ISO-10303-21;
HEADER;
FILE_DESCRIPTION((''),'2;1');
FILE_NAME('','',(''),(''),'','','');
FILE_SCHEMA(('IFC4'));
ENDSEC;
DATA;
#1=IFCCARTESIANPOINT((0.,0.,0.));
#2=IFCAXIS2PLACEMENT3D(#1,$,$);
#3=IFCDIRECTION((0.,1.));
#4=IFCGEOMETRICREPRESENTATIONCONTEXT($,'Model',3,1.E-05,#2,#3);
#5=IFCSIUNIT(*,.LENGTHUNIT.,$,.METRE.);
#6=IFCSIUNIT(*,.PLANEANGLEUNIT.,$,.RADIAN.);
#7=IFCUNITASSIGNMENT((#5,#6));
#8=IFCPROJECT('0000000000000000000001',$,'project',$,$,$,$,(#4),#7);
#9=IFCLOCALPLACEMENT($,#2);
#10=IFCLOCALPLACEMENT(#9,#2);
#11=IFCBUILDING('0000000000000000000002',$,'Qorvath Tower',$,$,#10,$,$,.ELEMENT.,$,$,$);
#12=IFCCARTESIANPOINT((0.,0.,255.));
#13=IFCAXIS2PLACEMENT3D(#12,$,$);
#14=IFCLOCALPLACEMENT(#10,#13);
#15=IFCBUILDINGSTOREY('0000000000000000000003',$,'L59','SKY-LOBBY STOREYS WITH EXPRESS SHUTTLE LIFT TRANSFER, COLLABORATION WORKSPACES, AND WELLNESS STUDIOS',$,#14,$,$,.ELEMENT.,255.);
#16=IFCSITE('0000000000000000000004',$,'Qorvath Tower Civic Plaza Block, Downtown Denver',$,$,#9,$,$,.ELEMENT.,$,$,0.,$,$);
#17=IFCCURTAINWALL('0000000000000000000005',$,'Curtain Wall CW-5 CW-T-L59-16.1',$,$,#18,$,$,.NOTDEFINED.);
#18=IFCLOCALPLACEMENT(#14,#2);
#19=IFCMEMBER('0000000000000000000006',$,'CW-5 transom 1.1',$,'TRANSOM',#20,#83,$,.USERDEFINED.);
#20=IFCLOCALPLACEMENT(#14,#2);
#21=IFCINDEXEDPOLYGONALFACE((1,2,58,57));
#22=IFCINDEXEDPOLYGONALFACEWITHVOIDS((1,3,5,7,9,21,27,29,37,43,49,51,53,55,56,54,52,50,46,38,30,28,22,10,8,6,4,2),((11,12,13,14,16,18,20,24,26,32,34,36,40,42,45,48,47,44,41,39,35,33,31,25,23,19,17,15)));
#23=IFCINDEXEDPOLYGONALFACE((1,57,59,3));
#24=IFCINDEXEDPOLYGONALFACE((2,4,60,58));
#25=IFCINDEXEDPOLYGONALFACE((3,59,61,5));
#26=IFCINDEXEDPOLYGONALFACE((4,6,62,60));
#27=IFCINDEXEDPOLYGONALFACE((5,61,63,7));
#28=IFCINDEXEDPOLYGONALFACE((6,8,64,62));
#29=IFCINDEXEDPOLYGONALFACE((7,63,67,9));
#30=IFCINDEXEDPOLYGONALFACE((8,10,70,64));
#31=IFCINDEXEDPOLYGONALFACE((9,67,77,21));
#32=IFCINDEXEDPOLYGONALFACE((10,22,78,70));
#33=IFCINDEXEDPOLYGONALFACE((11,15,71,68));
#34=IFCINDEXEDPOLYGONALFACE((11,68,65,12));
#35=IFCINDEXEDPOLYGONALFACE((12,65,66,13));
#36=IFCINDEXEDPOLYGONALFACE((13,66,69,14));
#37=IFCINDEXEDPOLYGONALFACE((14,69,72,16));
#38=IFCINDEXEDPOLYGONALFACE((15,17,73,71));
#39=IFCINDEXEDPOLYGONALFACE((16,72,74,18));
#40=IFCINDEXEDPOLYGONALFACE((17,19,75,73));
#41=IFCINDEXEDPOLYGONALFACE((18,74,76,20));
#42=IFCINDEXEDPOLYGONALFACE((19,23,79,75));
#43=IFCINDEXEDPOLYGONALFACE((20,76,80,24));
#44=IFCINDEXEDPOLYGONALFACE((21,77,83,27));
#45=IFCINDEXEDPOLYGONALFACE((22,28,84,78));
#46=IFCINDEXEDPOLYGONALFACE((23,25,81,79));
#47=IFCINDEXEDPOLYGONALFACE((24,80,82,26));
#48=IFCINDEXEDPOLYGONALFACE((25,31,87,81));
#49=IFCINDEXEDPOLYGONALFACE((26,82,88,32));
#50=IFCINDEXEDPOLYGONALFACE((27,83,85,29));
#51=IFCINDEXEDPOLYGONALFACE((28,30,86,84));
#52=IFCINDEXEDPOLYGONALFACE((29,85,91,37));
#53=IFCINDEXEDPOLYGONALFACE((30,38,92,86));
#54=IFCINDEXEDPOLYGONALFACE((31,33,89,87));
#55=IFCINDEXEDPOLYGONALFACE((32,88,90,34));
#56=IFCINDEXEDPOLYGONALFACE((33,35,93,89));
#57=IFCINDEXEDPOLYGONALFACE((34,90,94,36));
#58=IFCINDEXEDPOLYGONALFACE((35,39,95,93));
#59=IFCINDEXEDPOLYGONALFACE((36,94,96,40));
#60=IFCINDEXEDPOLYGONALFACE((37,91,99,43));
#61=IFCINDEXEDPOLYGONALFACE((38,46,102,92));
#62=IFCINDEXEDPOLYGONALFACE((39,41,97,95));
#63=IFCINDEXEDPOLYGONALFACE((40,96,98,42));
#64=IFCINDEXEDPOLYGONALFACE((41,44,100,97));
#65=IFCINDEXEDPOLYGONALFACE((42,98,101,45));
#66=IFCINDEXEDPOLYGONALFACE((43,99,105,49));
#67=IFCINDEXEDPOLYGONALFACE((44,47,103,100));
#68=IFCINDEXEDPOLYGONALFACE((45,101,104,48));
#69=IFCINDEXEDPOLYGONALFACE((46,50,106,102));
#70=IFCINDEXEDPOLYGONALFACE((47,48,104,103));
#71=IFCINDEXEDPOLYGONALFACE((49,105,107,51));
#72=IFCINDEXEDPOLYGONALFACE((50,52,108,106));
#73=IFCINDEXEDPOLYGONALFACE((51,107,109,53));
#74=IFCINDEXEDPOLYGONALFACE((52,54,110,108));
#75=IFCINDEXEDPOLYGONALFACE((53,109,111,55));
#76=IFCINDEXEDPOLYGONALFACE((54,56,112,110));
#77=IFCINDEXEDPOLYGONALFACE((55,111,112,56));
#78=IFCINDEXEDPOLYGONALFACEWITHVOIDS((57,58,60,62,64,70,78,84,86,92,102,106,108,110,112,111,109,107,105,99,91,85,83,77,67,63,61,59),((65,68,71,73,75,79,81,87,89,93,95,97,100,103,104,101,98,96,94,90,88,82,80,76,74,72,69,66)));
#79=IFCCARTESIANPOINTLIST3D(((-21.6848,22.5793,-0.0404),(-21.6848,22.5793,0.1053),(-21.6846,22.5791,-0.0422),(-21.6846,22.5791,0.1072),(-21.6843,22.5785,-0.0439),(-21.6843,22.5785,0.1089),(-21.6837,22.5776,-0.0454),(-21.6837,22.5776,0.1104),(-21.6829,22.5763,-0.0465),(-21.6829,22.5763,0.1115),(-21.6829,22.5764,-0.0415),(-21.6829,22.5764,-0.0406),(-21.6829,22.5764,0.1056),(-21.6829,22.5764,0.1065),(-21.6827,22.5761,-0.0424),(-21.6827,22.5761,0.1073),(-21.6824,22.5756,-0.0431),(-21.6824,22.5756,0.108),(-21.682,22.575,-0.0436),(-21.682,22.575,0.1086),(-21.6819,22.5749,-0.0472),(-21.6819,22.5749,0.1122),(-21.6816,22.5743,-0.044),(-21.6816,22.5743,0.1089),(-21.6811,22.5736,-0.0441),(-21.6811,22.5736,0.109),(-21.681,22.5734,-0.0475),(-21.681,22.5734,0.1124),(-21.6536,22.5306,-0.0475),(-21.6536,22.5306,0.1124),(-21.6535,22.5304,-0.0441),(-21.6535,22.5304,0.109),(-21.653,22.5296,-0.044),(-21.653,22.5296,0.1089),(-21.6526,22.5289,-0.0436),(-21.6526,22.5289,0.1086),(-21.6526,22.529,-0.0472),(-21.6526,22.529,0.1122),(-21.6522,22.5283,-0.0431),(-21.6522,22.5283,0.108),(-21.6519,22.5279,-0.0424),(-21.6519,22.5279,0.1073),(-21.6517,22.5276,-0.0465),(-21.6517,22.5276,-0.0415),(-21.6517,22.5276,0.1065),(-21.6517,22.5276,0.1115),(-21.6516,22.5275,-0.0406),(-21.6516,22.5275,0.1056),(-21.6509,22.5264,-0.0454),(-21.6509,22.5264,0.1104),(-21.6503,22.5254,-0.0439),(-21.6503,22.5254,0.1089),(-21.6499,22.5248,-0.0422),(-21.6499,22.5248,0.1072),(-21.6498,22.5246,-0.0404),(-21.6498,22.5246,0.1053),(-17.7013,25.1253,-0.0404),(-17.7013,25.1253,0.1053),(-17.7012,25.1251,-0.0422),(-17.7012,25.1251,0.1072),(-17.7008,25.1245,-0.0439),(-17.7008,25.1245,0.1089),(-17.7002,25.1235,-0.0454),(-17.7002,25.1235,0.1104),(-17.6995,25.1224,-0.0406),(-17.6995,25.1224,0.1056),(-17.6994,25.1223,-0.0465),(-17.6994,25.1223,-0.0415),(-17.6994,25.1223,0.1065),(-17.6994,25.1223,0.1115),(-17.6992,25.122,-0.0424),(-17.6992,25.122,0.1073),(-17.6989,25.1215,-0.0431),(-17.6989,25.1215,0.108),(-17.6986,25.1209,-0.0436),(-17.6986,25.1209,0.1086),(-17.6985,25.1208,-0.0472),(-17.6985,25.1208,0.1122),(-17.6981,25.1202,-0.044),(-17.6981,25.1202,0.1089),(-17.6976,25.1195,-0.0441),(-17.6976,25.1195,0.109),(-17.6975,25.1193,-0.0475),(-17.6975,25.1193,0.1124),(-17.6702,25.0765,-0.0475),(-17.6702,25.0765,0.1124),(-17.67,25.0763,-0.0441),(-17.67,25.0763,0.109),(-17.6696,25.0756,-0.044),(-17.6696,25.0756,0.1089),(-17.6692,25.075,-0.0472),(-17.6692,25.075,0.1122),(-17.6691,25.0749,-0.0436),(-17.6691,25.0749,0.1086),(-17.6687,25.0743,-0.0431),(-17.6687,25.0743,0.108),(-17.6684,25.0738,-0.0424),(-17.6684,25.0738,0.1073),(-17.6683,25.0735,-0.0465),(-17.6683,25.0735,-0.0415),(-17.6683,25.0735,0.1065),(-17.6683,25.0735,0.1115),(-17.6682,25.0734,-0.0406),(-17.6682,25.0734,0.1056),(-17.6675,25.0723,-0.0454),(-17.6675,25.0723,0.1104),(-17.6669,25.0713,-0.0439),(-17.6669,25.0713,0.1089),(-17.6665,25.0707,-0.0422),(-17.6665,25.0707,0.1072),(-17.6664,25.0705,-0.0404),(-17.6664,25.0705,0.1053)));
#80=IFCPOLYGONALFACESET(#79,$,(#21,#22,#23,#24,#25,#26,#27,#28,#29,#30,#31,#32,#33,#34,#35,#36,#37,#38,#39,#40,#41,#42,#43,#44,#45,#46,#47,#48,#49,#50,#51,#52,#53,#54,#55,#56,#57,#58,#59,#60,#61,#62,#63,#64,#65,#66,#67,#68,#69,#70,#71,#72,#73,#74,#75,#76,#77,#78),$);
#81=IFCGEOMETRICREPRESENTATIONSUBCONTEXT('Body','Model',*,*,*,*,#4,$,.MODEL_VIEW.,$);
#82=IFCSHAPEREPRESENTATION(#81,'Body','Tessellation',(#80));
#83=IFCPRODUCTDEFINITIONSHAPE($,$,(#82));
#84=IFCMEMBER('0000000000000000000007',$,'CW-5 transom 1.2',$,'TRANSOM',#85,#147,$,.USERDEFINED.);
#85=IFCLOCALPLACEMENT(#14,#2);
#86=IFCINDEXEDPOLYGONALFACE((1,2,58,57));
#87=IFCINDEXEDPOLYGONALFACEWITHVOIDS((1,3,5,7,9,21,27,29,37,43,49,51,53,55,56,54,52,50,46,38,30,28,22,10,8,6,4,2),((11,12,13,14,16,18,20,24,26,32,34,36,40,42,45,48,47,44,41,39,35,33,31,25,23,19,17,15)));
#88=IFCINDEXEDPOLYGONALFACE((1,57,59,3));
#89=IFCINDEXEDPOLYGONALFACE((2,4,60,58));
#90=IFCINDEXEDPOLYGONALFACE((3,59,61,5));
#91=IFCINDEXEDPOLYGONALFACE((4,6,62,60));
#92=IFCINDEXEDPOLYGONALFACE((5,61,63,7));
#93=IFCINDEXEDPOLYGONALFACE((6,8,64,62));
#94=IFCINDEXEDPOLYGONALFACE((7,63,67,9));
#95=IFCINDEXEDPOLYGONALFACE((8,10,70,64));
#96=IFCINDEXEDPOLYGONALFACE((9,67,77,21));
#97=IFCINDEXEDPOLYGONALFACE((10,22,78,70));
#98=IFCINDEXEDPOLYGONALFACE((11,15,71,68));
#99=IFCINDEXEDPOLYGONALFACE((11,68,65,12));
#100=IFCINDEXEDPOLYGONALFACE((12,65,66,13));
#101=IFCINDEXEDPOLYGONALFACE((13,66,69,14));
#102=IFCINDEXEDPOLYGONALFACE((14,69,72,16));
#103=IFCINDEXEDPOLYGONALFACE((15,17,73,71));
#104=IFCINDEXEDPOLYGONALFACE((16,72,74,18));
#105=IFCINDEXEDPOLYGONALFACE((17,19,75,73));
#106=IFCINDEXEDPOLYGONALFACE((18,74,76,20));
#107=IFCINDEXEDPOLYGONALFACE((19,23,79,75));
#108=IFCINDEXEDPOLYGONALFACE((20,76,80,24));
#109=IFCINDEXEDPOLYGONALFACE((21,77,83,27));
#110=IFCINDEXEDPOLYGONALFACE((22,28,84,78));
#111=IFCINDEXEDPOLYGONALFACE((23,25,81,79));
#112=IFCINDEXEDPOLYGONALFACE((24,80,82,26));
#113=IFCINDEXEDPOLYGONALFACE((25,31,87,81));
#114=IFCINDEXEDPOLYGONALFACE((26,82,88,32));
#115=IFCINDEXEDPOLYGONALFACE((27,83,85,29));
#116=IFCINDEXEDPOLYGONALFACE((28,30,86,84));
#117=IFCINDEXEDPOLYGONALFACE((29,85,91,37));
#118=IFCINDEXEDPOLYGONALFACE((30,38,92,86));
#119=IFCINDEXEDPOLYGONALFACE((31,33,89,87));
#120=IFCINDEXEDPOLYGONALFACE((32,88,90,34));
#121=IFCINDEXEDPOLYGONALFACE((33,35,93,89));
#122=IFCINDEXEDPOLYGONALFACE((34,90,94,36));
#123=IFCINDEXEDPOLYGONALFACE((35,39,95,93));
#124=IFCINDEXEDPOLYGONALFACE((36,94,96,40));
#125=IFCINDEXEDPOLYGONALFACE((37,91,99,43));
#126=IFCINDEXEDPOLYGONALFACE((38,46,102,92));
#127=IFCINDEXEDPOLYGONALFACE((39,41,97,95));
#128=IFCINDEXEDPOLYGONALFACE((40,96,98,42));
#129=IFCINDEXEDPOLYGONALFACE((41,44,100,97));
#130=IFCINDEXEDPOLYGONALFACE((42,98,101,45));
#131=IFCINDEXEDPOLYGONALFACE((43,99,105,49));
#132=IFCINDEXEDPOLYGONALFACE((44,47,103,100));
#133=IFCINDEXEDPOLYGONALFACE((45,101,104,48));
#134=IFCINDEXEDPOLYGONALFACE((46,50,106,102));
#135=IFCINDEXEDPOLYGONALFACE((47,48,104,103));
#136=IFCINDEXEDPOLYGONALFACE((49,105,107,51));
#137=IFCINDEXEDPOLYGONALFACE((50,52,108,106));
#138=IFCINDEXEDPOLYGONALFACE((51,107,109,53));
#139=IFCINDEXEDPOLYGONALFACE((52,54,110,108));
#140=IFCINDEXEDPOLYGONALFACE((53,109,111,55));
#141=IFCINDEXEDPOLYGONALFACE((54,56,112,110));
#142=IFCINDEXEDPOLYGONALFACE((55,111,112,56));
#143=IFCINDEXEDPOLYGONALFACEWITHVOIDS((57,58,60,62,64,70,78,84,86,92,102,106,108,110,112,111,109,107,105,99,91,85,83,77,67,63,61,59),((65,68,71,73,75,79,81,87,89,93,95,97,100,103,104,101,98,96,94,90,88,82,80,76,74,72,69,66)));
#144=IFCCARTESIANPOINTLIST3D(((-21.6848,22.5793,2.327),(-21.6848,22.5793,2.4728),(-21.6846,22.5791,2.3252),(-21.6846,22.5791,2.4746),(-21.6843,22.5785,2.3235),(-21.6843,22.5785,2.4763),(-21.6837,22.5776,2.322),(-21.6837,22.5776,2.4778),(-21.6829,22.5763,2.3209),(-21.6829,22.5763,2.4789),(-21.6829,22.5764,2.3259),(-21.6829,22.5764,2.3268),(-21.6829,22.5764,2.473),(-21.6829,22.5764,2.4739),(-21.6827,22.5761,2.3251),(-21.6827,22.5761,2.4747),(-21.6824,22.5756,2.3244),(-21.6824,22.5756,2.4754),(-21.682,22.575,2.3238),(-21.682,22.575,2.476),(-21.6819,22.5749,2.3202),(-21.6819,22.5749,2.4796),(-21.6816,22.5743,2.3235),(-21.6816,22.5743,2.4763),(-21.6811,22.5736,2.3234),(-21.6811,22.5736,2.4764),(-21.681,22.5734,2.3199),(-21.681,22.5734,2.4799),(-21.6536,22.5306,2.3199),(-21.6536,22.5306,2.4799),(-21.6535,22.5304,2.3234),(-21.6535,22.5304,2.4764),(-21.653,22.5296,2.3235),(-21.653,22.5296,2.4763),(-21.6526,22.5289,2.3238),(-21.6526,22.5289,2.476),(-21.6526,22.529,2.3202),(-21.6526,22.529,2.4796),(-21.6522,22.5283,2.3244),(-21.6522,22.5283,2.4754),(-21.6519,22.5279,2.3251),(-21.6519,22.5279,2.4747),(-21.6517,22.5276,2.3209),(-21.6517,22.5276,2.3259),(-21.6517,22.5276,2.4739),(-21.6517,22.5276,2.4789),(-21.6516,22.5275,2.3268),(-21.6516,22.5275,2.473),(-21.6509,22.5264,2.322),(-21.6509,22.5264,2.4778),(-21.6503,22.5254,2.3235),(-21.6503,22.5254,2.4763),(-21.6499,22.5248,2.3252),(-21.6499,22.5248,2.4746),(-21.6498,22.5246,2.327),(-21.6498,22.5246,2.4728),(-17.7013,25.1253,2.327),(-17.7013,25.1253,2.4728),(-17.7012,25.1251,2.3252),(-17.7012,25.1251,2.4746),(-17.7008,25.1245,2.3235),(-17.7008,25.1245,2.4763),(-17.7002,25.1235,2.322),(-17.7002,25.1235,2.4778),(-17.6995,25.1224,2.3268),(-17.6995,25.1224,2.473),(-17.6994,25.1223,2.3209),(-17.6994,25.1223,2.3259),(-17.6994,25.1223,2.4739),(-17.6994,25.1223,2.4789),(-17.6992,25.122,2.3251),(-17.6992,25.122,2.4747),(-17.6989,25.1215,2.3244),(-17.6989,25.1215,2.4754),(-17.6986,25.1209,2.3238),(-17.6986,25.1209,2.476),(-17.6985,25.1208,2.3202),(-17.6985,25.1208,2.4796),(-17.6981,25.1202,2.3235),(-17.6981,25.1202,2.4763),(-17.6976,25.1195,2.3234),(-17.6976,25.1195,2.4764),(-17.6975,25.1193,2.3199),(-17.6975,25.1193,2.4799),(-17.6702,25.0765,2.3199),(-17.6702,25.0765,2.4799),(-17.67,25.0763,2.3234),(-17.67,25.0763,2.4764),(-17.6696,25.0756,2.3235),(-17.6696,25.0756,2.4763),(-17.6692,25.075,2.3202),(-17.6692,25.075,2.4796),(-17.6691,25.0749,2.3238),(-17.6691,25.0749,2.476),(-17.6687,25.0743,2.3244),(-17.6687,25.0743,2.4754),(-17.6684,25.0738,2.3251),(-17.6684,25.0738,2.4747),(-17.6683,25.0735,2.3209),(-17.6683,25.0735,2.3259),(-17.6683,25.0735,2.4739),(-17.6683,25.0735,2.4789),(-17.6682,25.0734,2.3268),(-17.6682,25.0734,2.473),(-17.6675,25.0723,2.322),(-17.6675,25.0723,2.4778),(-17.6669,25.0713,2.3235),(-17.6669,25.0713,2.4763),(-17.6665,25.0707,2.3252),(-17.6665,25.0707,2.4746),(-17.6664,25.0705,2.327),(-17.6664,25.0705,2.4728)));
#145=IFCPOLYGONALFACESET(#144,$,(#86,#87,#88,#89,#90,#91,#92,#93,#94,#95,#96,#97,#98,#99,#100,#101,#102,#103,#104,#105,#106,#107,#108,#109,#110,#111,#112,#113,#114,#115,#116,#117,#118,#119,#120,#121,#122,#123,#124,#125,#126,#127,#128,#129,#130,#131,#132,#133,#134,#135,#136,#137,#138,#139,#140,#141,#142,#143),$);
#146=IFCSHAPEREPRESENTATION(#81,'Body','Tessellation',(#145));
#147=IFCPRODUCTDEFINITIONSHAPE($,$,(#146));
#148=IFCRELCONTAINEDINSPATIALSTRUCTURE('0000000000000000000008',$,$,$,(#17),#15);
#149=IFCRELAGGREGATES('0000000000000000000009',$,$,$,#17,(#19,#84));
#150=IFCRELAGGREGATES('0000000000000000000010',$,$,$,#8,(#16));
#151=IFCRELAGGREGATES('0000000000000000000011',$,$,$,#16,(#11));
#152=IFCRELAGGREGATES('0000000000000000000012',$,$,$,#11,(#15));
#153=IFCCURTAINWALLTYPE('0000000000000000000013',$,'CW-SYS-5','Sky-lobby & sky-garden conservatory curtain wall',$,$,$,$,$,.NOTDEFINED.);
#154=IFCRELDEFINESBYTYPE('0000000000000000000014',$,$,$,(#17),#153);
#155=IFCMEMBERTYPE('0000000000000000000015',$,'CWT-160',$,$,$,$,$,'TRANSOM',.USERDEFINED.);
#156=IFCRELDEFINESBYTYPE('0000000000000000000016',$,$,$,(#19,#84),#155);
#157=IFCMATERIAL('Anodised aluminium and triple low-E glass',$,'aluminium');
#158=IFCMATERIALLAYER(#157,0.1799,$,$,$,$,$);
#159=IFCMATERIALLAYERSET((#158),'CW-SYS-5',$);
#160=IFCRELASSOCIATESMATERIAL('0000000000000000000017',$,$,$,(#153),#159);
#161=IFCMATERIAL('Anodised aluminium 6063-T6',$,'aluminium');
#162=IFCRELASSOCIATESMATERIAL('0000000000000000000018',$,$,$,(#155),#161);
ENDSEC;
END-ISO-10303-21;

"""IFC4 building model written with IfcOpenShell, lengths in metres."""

from ifc_helpers import new_model, si_unit, direction, frame, origin, origin_2d, place, context, subcontext, project, spatial, hollow_rectangle, extrude, material, layer, layer_set, material_profile, profile_set, type_object, element, aggregate, save


model = new_model("IFC4")

# Units and contexts
model_context = context("Model", 3, precision=1e-05, world=origin(), true_north=direction((0.0, 1.0)))
body_context = subcontext(model_context, "Body", "Model", "MODEL_VIEW")
ifc_project = project(units=[si_unit("LENGTHUNIT", "METRE"), si_unit("PLANEANGLEUNIT", "RADIAN")], contexts=[model_context])

# Site, building, storey
site_placement = place(None, origin())
site = spatial("IfcSite", under=ifc_project, at=site_placement, Name="Qorvath Tower Civic Plaza Block, Downtown Denver", CompositionType="ELEMENT", RefElevation=0.0)
building_placement = place(site_placement, origin())
building = spatial("IfcBuilding", under=site, at=building_placement, Name="Qorvath Tower", CompositionType="ELEMENT")
storey_placement = place(building_placement, frame((0.0, 0.0, 255.0)))
storey = spatial("IfcBuildingStorey", under=building, at=storey_placement, Name="L59", Description="SKY-LOBBY STOREYS WITH EXPRESS SHUTTLE LIFT TRANSFER, COLLABORATION WORKSPACES, AND WELLNESS STUDIOS", CompositionType="ELEMENT", Elevation=255.0)

# Shared definitions
ifc_material_1 = material(Name="Anodised aluminium and triple low-E glass", Category="aluminium")
ifc_layer_1 = layer(ifc_material_1, 0.1799)
ifc_layer_set_1 = layer_set([ifc_layer_1], Name="CW-SYS-5")
curtain_wall_type = type_object("IfcCurtainWallType", Name="CW-SYS-5", Description="Sky-lobby & sky-garden conservatory curtain wall", PredefinedType="NOTDEFINED", material=ifc_layer_set_1)

# Curtain wall, members
curtain_wall_1_placement = place(storey_placement, origin())
curtain_wall_1 = element("IfcCurtainWall", 1, at=curtain_wall_1_placement, inside=storey, type_object=curtain_wall_type, Name="Curtain Wall CW-5 CW-T-L59-16.1", PredefinedType="NOTDEFINED")
ifc_material_2 = material(Name="Anodised aluminium 6063-T6", Category="aluminium")
ifc_material_profile_1 = material_profile(ifc_material_2, hollow_rectangle(XDim=0.0649, YDim=0.1599, WallThickness=0.0034, InnerFilletRadius=0.0034, OuterFilletRadius=0.0071, at=origin_2d()), Name="CWT 160x65")
ifc_profile_set_1 = profile_set([ifc_material_profile_1], Name="Anodised aluminium 6063-T6")
member_type_1 = type_object("IfcMemberType", Name="CWT-160", ElementType="TRANSOM", PredefinedType="USERDEFINED", material=ifc_profile_set_1)
member_1_placement = place(storey_placement, frame((-17.6838, 25.0979, 0.0325), z_axis=(-0.842605, -0.538532, 0.0), x_axis=(0.538532, -0.842605, 0.0)))
member_1 = element("IfcMember", 2, at=member_1_placement, type_object=member_type_1, Name="CW-5 transom 1.1", ObjectType="TRANSOM", PredefinedType="USERDEFINED", context=body_context, shape_type="SweptSolid", body=[
    extrude(hollow_rectangle(XDim=0.0649, YDim=0.1599, WallThickness=0.0034, InnerFilletRadius=0.0034, OuterFilletRadius=0.0071, at=origin_2d()), origin(), (0.0, 0.0, 1.0), 4.7275),
])
member_2_placement = place(storey_placement, frame((-17.6838, 25.0979, 2.3999), z_axis=(-0.842605, -0.538532, 0.0), x_axis=(0.538532, -0.842605, 0.0)))
member_2 = element("IfcMember", 3, at=member_2_placement, type_object=member_type_1, Name="CW-5 transom 1.2", ObjectType="TRANSOM", PredefinedType="USERDEFINED", context=body_context, shape_type="SweptSolid", body=[
    extrude(hollow_rectangle(XDim=0.0649, YDim=0.1599, WallThickness=0.0034, InnerFilletRadius=0.0034, OuterFilletRadius=0.0071, at=origin_2d()), origin(), (0.0, 0.0, 1.0), 4.7275),
])

aggregate(curtain_wall_1, [member_1, member_2])

save(model, "model.ifc")
